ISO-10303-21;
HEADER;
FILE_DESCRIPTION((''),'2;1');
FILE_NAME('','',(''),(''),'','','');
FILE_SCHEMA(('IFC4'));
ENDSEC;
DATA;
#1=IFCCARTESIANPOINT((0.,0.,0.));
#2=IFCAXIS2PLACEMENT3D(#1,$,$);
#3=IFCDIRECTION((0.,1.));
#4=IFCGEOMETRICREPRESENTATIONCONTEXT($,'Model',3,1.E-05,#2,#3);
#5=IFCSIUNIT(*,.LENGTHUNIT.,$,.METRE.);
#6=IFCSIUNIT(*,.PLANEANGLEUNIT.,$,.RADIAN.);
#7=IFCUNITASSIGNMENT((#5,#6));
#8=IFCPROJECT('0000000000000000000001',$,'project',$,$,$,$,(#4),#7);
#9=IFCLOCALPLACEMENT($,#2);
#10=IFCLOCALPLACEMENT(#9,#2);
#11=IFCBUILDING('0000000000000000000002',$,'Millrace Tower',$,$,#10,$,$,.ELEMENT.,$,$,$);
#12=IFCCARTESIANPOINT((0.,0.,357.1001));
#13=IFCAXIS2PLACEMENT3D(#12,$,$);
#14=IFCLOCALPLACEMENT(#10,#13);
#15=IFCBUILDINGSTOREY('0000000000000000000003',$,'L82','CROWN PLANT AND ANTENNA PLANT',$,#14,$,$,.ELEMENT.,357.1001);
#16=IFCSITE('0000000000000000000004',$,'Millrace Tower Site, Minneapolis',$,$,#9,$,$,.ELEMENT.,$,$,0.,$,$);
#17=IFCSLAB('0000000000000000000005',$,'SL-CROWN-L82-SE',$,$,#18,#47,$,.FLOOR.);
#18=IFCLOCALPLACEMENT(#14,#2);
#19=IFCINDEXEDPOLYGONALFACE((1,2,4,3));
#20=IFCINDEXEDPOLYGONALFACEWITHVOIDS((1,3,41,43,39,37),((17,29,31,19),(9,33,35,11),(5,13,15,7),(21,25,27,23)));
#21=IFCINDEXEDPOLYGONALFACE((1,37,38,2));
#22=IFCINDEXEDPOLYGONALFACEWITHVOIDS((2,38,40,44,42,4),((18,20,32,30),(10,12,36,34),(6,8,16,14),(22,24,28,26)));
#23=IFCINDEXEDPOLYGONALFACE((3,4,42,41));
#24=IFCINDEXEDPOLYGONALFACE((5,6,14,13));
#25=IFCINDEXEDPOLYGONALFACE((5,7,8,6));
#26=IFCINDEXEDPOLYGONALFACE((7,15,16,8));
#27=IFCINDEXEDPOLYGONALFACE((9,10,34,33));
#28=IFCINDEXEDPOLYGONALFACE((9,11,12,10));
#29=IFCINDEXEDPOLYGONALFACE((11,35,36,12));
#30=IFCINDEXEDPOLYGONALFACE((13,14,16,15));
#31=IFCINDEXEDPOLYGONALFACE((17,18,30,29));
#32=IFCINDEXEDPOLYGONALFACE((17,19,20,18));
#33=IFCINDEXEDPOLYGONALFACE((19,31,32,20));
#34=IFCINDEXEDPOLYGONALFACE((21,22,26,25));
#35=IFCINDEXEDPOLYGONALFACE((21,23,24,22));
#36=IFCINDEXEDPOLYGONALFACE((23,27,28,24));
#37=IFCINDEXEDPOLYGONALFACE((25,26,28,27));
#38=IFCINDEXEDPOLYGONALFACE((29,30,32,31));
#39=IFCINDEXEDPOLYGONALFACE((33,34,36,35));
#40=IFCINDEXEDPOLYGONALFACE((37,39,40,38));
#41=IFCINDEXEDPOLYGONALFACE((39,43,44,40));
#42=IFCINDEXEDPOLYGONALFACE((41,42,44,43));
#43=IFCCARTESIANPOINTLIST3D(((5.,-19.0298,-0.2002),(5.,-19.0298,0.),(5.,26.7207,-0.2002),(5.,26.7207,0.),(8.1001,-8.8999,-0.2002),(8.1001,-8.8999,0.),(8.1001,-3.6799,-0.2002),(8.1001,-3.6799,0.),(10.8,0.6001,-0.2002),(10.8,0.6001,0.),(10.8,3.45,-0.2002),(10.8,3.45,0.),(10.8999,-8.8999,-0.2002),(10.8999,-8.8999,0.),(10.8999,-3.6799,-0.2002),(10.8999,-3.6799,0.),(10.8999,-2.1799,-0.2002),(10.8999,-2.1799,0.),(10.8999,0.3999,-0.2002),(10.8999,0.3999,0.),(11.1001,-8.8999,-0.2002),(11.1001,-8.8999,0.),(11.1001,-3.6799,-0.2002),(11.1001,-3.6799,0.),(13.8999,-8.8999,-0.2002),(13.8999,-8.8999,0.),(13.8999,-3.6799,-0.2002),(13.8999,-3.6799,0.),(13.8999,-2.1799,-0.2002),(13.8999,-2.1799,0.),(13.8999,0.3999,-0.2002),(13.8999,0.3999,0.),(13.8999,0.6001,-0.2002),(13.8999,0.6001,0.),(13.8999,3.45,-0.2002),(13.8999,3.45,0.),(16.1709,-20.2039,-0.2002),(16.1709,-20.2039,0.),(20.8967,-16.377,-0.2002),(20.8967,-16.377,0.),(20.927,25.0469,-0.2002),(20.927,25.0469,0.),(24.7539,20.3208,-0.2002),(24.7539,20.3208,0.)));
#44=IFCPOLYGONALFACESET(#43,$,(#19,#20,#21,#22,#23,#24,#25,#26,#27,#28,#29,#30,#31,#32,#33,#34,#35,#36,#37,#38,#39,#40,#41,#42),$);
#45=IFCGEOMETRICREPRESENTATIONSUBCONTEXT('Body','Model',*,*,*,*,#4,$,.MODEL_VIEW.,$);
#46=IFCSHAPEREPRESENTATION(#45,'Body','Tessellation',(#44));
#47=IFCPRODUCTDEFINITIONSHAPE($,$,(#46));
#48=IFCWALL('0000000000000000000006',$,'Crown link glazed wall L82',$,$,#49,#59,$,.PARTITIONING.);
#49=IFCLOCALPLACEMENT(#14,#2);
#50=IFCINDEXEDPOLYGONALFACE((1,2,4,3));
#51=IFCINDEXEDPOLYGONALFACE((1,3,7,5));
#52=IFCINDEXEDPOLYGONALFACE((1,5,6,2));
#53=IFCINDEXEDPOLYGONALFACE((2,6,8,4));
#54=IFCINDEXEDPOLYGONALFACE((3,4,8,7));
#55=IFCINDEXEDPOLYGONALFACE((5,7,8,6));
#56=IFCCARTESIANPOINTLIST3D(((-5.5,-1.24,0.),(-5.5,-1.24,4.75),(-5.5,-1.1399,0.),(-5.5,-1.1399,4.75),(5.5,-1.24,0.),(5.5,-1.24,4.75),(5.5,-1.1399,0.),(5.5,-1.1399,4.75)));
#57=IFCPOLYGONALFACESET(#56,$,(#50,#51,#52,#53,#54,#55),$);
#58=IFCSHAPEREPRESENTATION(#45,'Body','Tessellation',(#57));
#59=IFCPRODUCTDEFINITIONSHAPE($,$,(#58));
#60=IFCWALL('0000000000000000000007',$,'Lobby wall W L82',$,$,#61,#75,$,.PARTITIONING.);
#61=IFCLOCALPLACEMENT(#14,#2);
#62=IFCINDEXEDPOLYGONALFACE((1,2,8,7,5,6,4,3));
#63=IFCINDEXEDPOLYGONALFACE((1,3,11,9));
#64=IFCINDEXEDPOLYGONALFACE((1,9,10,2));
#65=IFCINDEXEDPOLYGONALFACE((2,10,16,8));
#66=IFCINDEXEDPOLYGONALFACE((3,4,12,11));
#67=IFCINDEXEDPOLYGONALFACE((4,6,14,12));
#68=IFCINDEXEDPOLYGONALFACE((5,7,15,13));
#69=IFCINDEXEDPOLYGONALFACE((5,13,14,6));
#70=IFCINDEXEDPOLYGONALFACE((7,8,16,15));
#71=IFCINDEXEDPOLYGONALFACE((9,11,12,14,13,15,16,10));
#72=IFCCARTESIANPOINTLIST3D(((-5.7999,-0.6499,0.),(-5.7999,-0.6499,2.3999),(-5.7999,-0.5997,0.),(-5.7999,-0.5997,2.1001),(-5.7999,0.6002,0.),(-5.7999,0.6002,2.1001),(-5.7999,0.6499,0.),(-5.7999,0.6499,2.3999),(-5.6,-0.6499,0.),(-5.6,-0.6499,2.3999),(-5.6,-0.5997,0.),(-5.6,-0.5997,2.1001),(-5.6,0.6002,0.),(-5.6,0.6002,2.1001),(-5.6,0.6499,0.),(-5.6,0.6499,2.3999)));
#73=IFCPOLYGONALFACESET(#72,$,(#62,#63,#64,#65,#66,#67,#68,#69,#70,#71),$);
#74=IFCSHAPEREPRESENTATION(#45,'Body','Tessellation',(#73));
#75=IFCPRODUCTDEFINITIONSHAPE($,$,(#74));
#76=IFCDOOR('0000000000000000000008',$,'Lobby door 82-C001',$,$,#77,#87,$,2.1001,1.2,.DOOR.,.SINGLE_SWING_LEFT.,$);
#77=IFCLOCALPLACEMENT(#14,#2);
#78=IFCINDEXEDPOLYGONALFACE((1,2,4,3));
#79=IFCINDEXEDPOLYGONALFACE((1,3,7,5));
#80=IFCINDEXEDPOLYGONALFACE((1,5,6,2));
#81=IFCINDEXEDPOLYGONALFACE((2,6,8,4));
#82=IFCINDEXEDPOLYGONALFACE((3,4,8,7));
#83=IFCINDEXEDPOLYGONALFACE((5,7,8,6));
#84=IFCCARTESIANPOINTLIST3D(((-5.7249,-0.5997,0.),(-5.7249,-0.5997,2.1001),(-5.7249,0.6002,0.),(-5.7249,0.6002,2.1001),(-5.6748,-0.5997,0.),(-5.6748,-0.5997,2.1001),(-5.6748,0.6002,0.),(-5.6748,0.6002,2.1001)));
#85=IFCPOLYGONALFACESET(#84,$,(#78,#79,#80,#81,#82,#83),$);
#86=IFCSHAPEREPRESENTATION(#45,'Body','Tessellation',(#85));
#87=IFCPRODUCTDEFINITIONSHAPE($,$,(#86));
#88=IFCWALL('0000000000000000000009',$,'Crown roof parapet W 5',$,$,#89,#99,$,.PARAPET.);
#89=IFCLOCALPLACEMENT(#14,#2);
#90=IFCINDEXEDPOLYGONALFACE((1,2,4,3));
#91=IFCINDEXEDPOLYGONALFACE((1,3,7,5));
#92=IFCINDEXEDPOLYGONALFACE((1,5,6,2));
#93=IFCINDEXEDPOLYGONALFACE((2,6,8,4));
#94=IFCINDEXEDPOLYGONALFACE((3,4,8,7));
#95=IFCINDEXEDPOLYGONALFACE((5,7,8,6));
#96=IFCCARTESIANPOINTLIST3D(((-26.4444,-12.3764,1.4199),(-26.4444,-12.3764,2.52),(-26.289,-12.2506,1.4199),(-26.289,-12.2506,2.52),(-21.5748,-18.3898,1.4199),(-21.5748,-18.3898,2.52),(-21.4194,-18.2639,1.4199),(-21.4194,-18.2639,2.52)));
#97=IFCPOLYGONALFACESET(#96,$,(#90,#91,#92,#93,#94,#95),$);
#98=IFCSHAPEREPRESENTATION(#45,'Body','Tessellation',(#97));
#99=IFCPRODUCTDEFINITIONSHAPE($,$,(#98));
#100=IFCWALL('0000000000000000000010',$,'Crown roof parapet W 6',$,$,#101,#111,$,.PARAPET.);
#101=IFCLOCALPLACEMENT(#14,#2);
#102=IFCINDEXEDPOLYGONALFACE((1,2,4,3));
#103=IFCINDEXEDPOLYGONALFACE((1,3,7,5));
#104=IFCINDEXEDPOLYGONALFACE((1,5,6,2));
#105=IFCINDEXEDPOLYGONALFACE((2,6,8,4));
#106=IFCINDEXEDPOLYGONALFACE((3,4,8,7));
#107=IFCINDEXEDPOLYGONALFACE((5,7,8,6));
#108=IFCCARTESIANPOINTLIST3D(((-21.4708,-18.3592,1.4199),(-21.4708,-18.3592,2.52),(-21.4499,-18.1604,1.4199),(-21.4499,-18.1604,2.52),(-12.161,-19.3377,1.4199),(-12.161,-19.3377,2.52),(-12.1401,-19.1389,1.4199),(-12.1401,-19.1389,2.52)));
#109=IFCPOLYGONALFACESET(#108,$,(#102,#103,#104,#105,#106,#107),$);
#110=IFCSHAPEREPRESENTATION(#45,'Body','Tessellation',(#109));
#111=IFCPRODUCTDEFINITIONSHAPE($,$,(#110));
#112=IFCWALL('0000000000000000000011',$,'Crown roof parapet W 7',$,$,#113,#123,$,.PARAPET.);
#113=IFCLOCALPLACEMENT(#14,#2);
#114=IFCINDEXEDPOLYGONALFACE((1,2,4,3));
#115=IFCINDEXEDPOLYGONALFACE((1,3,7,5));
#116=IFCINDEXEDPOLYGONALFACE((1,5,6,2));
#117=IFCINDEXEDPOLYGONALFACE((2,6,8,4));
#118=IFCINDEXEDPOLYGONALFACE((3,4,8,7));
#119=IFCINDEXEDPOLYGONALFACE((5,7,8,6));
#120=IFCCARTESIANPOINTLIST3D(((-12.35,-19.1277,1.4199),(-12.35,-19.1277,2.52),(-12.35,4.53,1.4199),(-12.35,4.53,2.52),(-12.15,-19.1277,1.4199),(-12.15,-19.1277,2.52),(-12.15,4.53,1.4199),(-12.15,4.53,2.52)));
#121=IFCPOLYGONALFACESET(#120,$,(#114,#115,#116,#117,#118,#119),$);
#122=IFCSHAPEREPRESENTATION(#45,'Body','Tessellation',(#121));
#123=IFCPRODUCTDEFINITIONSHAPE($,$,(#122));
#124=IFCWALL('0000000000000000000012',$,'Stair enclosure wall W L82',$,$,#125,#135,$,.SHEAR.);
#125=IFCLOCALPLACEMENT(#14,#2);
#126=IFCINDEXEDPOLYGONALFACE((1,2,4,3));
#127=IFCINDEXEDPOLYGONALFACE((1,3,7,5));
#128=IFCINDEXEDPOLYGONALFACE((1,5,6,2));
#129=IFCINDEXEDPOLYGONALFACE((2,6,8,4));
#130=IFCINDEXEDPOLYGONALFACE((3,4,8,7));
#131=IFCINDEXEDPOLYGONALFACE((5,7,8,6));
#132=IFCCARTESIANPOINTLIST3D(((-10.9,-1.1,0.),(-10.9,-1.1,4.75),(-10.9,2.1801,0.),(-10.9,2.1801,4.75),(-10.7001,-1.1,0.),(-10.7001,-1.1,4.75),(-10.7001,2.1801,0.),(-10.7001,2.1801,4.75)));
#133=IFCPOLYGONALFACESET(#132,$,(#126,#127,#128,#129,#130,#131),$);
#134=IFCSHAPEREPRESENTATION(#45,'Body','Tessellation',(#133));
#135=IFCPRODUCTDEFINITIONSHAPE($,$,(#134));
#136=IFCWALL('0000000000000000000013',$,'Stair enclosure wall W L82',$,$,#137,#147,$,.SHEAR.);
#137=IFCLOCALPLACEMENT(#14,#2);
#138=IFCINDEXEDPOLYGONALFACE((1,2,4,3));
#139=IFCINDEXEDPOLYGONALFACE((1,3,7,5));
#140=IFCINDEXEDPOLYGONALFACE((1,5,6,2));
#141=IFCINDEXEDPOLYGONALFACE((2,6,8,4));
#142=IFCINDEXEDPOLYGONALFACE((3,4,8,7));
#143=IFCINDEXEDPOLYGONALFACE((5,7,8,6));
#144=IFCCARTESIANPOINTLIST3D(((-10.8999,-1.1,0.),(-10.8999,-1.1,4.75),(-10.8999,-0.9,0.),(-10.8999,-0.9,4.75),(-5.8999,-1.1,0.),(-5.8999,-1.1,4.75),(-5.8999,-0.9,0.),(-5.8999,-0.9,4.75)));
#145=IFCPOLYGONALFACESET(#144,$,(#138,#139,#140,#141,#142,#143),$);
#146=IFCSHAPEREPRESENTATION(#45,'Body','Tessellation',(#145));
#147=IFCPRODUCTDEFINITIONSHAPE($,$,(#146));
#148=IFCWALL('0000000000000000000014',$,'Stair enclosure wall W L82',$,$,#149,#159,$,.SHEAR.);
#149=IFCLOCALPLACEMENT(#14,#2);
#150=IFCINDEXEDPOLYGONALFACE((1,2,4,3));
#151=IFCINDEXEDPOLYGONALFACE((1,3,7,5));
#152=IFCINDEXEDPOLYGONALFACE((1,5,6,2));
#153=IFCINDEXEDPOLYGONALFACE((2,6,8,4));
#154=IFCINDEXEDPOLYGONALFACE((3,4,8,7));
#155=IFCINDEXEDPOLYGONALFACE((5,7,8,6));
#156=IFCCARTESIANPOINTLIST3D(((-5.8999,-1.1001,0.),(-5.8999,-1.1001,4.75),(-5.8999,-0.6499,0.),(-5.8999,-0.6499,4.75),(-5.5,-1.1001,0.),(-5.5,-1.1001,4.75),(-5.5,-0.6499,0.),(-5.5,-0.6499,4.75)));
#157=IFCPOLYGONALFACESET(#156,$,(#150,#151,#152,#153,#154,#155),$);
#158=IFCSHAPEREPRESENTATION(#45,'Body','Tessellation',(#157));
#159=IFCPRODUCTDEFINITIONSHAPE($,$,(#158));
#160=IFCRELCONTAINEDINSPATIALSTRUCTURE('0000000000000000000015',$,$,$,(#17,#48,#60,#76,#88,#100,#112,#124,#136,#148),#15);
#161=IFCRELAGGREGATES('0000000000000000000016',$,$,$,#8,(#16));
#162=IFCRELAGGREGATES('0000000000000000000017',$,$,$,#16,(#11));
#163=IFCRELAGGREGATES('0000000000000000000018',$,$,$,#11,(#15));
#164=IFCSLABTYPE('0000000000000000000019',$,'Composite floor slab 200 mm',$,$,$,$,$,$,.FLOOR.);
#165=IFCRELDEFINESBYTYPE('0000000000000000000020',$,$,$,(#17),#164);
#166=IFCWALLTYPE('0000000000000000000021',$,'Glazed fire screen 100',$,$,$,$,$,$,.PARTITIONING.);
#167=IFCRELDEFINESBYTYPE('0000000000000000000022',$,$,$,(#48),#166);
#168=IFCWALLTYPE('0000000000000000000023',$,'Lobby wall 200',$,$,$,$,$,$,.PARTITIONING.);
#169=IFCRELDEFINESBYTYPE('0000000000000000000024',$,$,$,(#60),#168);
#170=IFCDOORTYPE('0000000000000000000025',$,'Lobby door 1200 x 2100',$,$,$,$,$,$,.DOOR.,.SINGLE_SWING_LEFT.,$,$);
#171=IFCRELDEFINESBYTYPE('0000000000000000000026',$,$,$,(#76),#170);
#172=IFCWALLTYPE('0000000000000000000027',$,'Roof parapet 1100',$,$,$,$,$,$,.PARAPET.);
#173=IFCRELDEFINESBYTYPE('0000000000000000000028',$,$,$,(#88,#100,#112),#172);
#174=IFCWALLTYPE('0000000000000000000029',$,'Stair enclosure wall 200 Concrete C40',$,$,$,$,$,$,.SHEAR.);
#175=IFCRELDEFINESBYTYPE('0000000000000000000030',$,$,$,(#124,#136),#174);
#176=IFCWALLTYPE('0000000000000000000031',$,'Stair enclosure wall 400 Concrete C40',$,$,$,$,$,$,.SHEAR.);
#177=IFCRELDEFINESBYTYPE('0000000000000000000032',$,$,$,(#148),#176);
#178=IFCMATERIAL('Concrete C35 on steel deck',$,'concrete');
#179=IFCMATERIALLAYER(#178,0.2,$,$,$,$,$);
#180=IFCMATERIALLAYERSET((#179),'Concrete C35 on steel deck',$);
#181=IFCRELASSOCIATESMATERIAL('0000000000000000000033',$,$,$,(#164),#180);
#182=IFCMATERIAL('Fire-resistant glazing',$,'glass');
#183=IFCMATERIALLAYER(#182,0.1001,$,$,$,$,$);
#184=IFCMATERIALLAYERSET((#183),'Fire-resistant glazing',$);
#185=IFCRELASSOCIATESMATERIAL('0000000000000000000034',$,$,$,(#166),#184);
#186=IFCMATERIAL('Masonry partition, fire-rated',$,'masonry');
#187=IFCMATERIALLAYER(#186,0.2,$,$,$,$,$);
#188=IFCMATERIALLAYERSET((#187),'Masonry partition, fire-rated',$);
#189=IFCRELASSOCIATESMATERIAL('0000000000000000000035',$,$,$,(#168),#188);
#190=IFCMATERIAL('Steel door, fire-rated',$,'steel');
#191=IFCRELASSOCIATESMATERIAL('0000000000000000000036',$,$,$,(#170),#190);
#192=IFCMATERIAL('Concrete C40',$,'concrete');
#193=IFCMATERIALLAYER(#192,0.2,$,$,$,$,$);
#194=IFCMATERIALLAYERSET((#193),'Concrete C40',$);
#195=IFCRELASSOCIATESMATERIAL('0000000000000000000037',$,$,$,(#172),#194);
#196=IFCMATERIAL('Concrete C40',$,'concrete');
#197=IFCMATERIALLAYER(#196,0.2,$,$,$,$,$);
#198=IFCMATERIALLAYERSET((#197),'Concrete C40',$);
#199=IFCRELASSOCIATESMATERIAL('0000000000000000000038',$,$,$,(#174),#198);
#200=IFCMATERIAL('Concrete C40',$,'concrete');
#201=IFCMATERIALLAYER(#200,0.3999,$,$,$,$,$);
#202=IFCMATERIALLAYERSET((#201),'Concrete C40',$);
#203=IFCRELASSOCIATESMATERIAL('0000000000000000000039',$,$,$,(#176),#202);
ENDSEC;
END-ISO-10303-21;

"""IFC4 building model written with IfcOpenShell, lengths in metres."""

from ifc_helpers import new_model, si_unit, direction, frame, frame_2d, origin, place, context, subcontext, project, spatial, polyline, rectangle, outline, extrude, material, layer, layer_set, type_object, element, fill, save


model = new_model("IFC4")

# Units and contexts
model_context = context("Model", 3, precision=1e-05, world=origin(), true_north=direction((0.0, 1.0)))
body_context = subcontext(model_context, "Body", "Model", "MODEL_VIEW")
ifc_project = project(units=[si_unit("LENGTHUNIT", "METRE"), si_unit("PLANEANGLEUNIT", "RADIAN")], contexts=[model_context])

# Site, building, storey
site_placement = place(None, origin())
site = spatial("IfcSite", under=ifc_project, at=site_placement, Name="Millrace Tower Site, Minneapolis", CompositionType="ELEMENT", RefElevation=0.0)
building_placement = place(site_placement, origin())
building = spatial("IfcBuilding", under=site, at=building_placement, Name="Millrace Tower", CompositionType="ELEMENT")
storey_placement = place(building_placement, frame((0.0, 0.0, 357.1001)))
storey = spatial("IfcBuildingStorey", under=building, at=storey_placement, Name="L82", Description="CROWN PLANT AND ANTENNA PLANT", CompositionType="ELEMENT", Elevation=357.1001)

# Slab
ifc_material_1 = material(Name="Concrete C35 on steel deck", Category="concrete")
ifc_layer_1 = layer(ifc_material_1, 0.2)
ifc_layer_set_1 = layer_set([ifc_layer_1], Name="Concrete C35 on steel deck")
slab_type = type_object("IfcSlabType", Name="Composite floor slab 200 mm", PredefinedType="FLOOR", material=ifc_layer_set_1)
slab_placement = place(storey_placement, frame((0.0, 0.0, -0.2002)))
element("IfcSlab", 1, at=slab_placement, inside=storey, type_object=slab_type, Name="SL-CROWN-L82-SE", PredefinedType="FLOOR", context=body_context, shape_type="SweptSolid", body=[
    extrude(outline(polyline([(5.0, 26.7207), (5.0, -19.0298), (16.1709, -20.2039), (20.8967, -16.377), (24.7539, 20.3208), (20.927, 25.0469), (5.0, 26.7207)]), holes=[polyline([(10.8, 0.6001), (13.8999, 0.6001), (13.8999, 3.45), (10.8, 3.45), (10.8, 0.6001)]), polyline([(10.8999, -2.1799), (13.8999, -2.1799), (13.8999, 0.3999), (10.8999, 0.3999), (10.8999, -2.1799)]), polyline([(11.1001, -8.8999), (13.8999, -8.8999), (13.8999, -3.6799), (11.1001, -3.6799), (11.1001, -8.8999)]), polyline([(8.1001, -8.8999), (10.8999, -8.8999), (10.8999, -3.6799), (8.1001, -3.6799), (8.1001, -8.8999)])]), origin(), (0.0, 0.0, 1.0), 0.2002),
])

# Wall
ifc_material_2 = material(Name="Fire-resistant glazing", Category="glass")
ifc_layer_2 = layer(ifc_material_2, 0.1001)
ifc_layer_set_2 = layer_set([ifc_layer_2], Name="Fire-resistant glazing")
wall_type_1 = type_object("IfcWallType", Name="Glazed fire screen 100", PredefinedType="PARTITIONING", material=ifc_layer_set_2)
wall_1_placement = place(storey_placement, frame((-5.5, -1.1899, 0.0), z_axis=(0.0, 0.0, 1.0), x_axis=(1.0, 0.0, 0.0)))
element("IfcWall", 2, at=wall_1_placement, inside=storey, type_object=wall_type_1, Name="Crown link glazed wall L82", PredefinedType="PARTITIONING", context=body_context, shape_type="SweptSolid", body=[
    extrude(rectangle(XDim=11.0, YDim=0.1001, at=frame_2d((5.5, 0.0))), origin(), (0.0, 0.0, 1.0), 4.75),
])

# Wall, opening, door
ifc_material_3 = material(Name="Masonry partition, fire-rated", Category="masonry")
ifc_layer_3 = layer(ifc_material_3, 0.2)
ifc_layer_set_3 = layer_set([ifc_layer_3], Name="Masonry partition, fire-rated")
wall_type_2 = type_object("IfcWallType", Name="Lobby wall 200", PredefinedType="PARTITIONING", material=ifc_layer_set_3)
wall_2_placement = place(storey_placement, frame((-5.7, -0.6499, 0.0), z_axis=(0.0, 0.0, 1.0), x_axis=(0.0, 1.0, 0.0)))
wall_2 = element("IfcWall", 3, at=wall_2_placement, inside=storey, type_object=wall_type_2, Name="Lobby wall W L82", PredefinedType="PARTITIONING", context=body_context, shape_type="SweptSolid", body=[
    extrude(rectangle(XDim=1.2998, YDim=0.2, at=frame_2d((0.6499, 0.0))), origin(), (0.0, 0.0, 1.0), 2.3999),
])
opening_placement = place(wall_2_placement, frame((0.05, 0.0, 0.0)))
opening = element("IfcOpeningElement", 4, at=opening_placement, cuts=wall_2, PredefinedType="OPENING", context=body_context, shape_type="SweptSolid", body=[
    extrude(rectangle(XDim=1.2, YDim=2.1001, at=frame_2d((0.6001, 1.05))), frame((0.0, 0.1099, 0.0), z_axis=(0.0, -1.0, 0.0), x_axis=(1.0, 0.0, 0.0)), (0.0, 0.0, 1.0), 0.22),
])
ifc_material_4 = material(Name="Steel door, fire-rated", Category="steel")
door_type = type_object("IfcDoorType", Name="Lobby door 1200 x 2100", OperationType="SINGLE_SWING_LEFT", PredefinedType="DOOR", material=ifc_material_4)
door_placement = place(opening_placement, origin())
door = element("IfcDoor", 5, at=door_placement, inside=storey, type_object=door_type, Name="Lobby door 82-C001", OperationType="SINGLE_SWING_LEFT", OverallHeight=2.1001, OverallWidth=1.2, PredefinedType="DOOR", context=body_context, shape_type="SweptSolid", body=[
    extrude(rectangle(XDim=1.2, YDim=2.1001, at=frame_2d((0.6001, 1.05))), frame((0.0, 0.0249, 0.0), z_axis=(0.0, -1.0, 0.0), x_axis=(1.0, 0.0, 0.0)), (0.0, 0.0, 1.0), 0.05),
])
fill(opening, door)

# Walls
ifc_material_5 = material(Name="Concrete C40", Category="concrete")
ifc_layer_4 = layer(ifc_material_5, 0.2)
ifc_layer_set_4 = layer_set([ifc_layer_4], Name="Concrete C40")
wall_type_3 = type_object("IfcWallType", Name="Roof parapet 1100", PredefinedType="PARAPET", material=ifc_layer_set_4)
wall_3_placement = place(storey_placement, frame((-26.3667, -12.3135, 1.4199), z_axis=(0.0, 0.0, 1.0), x_axis=(0.629324, -0.777143, 0.0)))
element("IfcWall", 6, at=wall_3_placement, inside=storey, type_object=wall_type_3, Name="Crown roof parapet W 5", PredefinedType="PARAPET", context=body_context, shape_type="SweptSolid", body=[
    extrude(rectangle(XDim=7.7378, YDim=0.2, at=frame_2d((3.8689, 0.0))), origin(), (0.0, 0.0, 1.0), 1.1001),
])
wall_4_placement = place(storey_placement, frame((-21.4604, -18.2598, 1.4199), z_axis=(0.0, 0.0, 1.0), x_axis=(0.994522, -0.10453, 0.0)))
element("IfcWall", 7, at=wall_4_placement, inside=storey, type_object=wall_type_3, Name="Crown roof parapet W 6", PredefinedType="PARAPET", context=body_context, shape_type="SweptSolid", body=[
    extrude(rectangle(XDim=9.3611, YDim=0.2, at=frame_2d((4.6807, 0.0))), origin(), (0.0, 0.0, 1.0), 1.1001),
])
wall_5_placement = place(storey_placement, frame((-12.25, -19.1277, 1.4199), z_axis=(0.0, 0.0, 1.0), x_axis=(0.0, 1.0, 0.0)))
element("IfcWall", 8, at=wall_5_placement, inside=storey, type_object=wall_type_3, Name="Crown roof parapet W 7", PredefinedType="PARAPET", context=body_context, shape_type="SweptSolid", body=[
    extrude(rectangle(XDim=23.6577, YDim=0.2, at=frame_2d((11.8289, 0.0))), origin(), (0.0, 0.0, 1.0), 1.1001),
])
ifc_material_6 = material(Name="Concrete C40", Category="concrete")
ifc_layer_5 = layer(ifc_material_6, 0.2)
ifc_layer_set_5 = layer_set([ifc_layer_5], Name="Concrete C40")
wall_type_4 = type_object("IfcWallType", Name="Stair enclosure wall 200 Concrete C40", PredefinedType="SHEAR", material=ifc_layer_set_5)
wall_6_placement = place(storey_placement, frame((-10.8, -1.1001, 0.0), z_axis=(0.0, 0.0, 1.0), x_axis=(0.0, 1.0, 0.0)))
element("IfcWall", 9, at=wall_6_placement, inside=storey, type_object=wall_type_4, Name="Stair enclosure wall W L82", PredefinedType="SHEAR", context=body_context, shape_type="SweptSolid", body=[
    extrude(rectangle(XDim=3.28, YDim=0.2, at=frame_2d((1.6401, 0.0))), origin(), (0.0, 0.0, 1.0), 4.75),
])
wall_7_placement = place(storey_placement, frame((-10.8999, -1.0, 0.0), z_axis=(0.0, 0.0, 1.0), x_axis=(1.0, 0.0, 0.0)))
element("IfcWall", 10, at=wall_7_placement, inside=storey, type_object=wall_type_4, Name="Stair enclosure wall W L82", PredefinedType="SHEAR", context=body_context, shape_type="SweptSolid", body=[
    extrude(rectangle(XDim=5.0, YDim=0.2, at=frame_2d((2.5, 0.0))), origin(), (0.0, 0.0, 1.0), 4.75),
])
ifc_material_7 = material(Name="Concrete C40", Category="concrete")
ifc_layer_6 = layer(ifc_material_7, 0.3999)
ifc_layer_set_6 = layer_set([ifc_layer_6], Name="Concrete C40")
wall_type_5 = type_object("IfcWallType", Name="Stair enclosure wall 400 Concrete C40", PredefinedType="SHEAR", material=ifc_layer_set_6)
wall_8_placement = place(storey_placement, frame((-5.7, -1.1001, 0.0), z_axis=(0.0, 0.0, 1.0), x_axis=(0.0, 1.0, 0.0)))
element("IfcWall", 11, at=wall_8_placement, inside=storey, type_object=wall_type_5, Name="Stair enclosure wall W L82", PredefinedType="SHEAR", context=body_context, shape_type="SweptSolid", body=[
    extrude(rectangle(XDim=0.4502, YDim=0.3999, at=frame_2d((0.2251, 0.0))), origin(), (0.0, 0.0, 1.0), 4.75),
])

save(model, "model.ifc")
